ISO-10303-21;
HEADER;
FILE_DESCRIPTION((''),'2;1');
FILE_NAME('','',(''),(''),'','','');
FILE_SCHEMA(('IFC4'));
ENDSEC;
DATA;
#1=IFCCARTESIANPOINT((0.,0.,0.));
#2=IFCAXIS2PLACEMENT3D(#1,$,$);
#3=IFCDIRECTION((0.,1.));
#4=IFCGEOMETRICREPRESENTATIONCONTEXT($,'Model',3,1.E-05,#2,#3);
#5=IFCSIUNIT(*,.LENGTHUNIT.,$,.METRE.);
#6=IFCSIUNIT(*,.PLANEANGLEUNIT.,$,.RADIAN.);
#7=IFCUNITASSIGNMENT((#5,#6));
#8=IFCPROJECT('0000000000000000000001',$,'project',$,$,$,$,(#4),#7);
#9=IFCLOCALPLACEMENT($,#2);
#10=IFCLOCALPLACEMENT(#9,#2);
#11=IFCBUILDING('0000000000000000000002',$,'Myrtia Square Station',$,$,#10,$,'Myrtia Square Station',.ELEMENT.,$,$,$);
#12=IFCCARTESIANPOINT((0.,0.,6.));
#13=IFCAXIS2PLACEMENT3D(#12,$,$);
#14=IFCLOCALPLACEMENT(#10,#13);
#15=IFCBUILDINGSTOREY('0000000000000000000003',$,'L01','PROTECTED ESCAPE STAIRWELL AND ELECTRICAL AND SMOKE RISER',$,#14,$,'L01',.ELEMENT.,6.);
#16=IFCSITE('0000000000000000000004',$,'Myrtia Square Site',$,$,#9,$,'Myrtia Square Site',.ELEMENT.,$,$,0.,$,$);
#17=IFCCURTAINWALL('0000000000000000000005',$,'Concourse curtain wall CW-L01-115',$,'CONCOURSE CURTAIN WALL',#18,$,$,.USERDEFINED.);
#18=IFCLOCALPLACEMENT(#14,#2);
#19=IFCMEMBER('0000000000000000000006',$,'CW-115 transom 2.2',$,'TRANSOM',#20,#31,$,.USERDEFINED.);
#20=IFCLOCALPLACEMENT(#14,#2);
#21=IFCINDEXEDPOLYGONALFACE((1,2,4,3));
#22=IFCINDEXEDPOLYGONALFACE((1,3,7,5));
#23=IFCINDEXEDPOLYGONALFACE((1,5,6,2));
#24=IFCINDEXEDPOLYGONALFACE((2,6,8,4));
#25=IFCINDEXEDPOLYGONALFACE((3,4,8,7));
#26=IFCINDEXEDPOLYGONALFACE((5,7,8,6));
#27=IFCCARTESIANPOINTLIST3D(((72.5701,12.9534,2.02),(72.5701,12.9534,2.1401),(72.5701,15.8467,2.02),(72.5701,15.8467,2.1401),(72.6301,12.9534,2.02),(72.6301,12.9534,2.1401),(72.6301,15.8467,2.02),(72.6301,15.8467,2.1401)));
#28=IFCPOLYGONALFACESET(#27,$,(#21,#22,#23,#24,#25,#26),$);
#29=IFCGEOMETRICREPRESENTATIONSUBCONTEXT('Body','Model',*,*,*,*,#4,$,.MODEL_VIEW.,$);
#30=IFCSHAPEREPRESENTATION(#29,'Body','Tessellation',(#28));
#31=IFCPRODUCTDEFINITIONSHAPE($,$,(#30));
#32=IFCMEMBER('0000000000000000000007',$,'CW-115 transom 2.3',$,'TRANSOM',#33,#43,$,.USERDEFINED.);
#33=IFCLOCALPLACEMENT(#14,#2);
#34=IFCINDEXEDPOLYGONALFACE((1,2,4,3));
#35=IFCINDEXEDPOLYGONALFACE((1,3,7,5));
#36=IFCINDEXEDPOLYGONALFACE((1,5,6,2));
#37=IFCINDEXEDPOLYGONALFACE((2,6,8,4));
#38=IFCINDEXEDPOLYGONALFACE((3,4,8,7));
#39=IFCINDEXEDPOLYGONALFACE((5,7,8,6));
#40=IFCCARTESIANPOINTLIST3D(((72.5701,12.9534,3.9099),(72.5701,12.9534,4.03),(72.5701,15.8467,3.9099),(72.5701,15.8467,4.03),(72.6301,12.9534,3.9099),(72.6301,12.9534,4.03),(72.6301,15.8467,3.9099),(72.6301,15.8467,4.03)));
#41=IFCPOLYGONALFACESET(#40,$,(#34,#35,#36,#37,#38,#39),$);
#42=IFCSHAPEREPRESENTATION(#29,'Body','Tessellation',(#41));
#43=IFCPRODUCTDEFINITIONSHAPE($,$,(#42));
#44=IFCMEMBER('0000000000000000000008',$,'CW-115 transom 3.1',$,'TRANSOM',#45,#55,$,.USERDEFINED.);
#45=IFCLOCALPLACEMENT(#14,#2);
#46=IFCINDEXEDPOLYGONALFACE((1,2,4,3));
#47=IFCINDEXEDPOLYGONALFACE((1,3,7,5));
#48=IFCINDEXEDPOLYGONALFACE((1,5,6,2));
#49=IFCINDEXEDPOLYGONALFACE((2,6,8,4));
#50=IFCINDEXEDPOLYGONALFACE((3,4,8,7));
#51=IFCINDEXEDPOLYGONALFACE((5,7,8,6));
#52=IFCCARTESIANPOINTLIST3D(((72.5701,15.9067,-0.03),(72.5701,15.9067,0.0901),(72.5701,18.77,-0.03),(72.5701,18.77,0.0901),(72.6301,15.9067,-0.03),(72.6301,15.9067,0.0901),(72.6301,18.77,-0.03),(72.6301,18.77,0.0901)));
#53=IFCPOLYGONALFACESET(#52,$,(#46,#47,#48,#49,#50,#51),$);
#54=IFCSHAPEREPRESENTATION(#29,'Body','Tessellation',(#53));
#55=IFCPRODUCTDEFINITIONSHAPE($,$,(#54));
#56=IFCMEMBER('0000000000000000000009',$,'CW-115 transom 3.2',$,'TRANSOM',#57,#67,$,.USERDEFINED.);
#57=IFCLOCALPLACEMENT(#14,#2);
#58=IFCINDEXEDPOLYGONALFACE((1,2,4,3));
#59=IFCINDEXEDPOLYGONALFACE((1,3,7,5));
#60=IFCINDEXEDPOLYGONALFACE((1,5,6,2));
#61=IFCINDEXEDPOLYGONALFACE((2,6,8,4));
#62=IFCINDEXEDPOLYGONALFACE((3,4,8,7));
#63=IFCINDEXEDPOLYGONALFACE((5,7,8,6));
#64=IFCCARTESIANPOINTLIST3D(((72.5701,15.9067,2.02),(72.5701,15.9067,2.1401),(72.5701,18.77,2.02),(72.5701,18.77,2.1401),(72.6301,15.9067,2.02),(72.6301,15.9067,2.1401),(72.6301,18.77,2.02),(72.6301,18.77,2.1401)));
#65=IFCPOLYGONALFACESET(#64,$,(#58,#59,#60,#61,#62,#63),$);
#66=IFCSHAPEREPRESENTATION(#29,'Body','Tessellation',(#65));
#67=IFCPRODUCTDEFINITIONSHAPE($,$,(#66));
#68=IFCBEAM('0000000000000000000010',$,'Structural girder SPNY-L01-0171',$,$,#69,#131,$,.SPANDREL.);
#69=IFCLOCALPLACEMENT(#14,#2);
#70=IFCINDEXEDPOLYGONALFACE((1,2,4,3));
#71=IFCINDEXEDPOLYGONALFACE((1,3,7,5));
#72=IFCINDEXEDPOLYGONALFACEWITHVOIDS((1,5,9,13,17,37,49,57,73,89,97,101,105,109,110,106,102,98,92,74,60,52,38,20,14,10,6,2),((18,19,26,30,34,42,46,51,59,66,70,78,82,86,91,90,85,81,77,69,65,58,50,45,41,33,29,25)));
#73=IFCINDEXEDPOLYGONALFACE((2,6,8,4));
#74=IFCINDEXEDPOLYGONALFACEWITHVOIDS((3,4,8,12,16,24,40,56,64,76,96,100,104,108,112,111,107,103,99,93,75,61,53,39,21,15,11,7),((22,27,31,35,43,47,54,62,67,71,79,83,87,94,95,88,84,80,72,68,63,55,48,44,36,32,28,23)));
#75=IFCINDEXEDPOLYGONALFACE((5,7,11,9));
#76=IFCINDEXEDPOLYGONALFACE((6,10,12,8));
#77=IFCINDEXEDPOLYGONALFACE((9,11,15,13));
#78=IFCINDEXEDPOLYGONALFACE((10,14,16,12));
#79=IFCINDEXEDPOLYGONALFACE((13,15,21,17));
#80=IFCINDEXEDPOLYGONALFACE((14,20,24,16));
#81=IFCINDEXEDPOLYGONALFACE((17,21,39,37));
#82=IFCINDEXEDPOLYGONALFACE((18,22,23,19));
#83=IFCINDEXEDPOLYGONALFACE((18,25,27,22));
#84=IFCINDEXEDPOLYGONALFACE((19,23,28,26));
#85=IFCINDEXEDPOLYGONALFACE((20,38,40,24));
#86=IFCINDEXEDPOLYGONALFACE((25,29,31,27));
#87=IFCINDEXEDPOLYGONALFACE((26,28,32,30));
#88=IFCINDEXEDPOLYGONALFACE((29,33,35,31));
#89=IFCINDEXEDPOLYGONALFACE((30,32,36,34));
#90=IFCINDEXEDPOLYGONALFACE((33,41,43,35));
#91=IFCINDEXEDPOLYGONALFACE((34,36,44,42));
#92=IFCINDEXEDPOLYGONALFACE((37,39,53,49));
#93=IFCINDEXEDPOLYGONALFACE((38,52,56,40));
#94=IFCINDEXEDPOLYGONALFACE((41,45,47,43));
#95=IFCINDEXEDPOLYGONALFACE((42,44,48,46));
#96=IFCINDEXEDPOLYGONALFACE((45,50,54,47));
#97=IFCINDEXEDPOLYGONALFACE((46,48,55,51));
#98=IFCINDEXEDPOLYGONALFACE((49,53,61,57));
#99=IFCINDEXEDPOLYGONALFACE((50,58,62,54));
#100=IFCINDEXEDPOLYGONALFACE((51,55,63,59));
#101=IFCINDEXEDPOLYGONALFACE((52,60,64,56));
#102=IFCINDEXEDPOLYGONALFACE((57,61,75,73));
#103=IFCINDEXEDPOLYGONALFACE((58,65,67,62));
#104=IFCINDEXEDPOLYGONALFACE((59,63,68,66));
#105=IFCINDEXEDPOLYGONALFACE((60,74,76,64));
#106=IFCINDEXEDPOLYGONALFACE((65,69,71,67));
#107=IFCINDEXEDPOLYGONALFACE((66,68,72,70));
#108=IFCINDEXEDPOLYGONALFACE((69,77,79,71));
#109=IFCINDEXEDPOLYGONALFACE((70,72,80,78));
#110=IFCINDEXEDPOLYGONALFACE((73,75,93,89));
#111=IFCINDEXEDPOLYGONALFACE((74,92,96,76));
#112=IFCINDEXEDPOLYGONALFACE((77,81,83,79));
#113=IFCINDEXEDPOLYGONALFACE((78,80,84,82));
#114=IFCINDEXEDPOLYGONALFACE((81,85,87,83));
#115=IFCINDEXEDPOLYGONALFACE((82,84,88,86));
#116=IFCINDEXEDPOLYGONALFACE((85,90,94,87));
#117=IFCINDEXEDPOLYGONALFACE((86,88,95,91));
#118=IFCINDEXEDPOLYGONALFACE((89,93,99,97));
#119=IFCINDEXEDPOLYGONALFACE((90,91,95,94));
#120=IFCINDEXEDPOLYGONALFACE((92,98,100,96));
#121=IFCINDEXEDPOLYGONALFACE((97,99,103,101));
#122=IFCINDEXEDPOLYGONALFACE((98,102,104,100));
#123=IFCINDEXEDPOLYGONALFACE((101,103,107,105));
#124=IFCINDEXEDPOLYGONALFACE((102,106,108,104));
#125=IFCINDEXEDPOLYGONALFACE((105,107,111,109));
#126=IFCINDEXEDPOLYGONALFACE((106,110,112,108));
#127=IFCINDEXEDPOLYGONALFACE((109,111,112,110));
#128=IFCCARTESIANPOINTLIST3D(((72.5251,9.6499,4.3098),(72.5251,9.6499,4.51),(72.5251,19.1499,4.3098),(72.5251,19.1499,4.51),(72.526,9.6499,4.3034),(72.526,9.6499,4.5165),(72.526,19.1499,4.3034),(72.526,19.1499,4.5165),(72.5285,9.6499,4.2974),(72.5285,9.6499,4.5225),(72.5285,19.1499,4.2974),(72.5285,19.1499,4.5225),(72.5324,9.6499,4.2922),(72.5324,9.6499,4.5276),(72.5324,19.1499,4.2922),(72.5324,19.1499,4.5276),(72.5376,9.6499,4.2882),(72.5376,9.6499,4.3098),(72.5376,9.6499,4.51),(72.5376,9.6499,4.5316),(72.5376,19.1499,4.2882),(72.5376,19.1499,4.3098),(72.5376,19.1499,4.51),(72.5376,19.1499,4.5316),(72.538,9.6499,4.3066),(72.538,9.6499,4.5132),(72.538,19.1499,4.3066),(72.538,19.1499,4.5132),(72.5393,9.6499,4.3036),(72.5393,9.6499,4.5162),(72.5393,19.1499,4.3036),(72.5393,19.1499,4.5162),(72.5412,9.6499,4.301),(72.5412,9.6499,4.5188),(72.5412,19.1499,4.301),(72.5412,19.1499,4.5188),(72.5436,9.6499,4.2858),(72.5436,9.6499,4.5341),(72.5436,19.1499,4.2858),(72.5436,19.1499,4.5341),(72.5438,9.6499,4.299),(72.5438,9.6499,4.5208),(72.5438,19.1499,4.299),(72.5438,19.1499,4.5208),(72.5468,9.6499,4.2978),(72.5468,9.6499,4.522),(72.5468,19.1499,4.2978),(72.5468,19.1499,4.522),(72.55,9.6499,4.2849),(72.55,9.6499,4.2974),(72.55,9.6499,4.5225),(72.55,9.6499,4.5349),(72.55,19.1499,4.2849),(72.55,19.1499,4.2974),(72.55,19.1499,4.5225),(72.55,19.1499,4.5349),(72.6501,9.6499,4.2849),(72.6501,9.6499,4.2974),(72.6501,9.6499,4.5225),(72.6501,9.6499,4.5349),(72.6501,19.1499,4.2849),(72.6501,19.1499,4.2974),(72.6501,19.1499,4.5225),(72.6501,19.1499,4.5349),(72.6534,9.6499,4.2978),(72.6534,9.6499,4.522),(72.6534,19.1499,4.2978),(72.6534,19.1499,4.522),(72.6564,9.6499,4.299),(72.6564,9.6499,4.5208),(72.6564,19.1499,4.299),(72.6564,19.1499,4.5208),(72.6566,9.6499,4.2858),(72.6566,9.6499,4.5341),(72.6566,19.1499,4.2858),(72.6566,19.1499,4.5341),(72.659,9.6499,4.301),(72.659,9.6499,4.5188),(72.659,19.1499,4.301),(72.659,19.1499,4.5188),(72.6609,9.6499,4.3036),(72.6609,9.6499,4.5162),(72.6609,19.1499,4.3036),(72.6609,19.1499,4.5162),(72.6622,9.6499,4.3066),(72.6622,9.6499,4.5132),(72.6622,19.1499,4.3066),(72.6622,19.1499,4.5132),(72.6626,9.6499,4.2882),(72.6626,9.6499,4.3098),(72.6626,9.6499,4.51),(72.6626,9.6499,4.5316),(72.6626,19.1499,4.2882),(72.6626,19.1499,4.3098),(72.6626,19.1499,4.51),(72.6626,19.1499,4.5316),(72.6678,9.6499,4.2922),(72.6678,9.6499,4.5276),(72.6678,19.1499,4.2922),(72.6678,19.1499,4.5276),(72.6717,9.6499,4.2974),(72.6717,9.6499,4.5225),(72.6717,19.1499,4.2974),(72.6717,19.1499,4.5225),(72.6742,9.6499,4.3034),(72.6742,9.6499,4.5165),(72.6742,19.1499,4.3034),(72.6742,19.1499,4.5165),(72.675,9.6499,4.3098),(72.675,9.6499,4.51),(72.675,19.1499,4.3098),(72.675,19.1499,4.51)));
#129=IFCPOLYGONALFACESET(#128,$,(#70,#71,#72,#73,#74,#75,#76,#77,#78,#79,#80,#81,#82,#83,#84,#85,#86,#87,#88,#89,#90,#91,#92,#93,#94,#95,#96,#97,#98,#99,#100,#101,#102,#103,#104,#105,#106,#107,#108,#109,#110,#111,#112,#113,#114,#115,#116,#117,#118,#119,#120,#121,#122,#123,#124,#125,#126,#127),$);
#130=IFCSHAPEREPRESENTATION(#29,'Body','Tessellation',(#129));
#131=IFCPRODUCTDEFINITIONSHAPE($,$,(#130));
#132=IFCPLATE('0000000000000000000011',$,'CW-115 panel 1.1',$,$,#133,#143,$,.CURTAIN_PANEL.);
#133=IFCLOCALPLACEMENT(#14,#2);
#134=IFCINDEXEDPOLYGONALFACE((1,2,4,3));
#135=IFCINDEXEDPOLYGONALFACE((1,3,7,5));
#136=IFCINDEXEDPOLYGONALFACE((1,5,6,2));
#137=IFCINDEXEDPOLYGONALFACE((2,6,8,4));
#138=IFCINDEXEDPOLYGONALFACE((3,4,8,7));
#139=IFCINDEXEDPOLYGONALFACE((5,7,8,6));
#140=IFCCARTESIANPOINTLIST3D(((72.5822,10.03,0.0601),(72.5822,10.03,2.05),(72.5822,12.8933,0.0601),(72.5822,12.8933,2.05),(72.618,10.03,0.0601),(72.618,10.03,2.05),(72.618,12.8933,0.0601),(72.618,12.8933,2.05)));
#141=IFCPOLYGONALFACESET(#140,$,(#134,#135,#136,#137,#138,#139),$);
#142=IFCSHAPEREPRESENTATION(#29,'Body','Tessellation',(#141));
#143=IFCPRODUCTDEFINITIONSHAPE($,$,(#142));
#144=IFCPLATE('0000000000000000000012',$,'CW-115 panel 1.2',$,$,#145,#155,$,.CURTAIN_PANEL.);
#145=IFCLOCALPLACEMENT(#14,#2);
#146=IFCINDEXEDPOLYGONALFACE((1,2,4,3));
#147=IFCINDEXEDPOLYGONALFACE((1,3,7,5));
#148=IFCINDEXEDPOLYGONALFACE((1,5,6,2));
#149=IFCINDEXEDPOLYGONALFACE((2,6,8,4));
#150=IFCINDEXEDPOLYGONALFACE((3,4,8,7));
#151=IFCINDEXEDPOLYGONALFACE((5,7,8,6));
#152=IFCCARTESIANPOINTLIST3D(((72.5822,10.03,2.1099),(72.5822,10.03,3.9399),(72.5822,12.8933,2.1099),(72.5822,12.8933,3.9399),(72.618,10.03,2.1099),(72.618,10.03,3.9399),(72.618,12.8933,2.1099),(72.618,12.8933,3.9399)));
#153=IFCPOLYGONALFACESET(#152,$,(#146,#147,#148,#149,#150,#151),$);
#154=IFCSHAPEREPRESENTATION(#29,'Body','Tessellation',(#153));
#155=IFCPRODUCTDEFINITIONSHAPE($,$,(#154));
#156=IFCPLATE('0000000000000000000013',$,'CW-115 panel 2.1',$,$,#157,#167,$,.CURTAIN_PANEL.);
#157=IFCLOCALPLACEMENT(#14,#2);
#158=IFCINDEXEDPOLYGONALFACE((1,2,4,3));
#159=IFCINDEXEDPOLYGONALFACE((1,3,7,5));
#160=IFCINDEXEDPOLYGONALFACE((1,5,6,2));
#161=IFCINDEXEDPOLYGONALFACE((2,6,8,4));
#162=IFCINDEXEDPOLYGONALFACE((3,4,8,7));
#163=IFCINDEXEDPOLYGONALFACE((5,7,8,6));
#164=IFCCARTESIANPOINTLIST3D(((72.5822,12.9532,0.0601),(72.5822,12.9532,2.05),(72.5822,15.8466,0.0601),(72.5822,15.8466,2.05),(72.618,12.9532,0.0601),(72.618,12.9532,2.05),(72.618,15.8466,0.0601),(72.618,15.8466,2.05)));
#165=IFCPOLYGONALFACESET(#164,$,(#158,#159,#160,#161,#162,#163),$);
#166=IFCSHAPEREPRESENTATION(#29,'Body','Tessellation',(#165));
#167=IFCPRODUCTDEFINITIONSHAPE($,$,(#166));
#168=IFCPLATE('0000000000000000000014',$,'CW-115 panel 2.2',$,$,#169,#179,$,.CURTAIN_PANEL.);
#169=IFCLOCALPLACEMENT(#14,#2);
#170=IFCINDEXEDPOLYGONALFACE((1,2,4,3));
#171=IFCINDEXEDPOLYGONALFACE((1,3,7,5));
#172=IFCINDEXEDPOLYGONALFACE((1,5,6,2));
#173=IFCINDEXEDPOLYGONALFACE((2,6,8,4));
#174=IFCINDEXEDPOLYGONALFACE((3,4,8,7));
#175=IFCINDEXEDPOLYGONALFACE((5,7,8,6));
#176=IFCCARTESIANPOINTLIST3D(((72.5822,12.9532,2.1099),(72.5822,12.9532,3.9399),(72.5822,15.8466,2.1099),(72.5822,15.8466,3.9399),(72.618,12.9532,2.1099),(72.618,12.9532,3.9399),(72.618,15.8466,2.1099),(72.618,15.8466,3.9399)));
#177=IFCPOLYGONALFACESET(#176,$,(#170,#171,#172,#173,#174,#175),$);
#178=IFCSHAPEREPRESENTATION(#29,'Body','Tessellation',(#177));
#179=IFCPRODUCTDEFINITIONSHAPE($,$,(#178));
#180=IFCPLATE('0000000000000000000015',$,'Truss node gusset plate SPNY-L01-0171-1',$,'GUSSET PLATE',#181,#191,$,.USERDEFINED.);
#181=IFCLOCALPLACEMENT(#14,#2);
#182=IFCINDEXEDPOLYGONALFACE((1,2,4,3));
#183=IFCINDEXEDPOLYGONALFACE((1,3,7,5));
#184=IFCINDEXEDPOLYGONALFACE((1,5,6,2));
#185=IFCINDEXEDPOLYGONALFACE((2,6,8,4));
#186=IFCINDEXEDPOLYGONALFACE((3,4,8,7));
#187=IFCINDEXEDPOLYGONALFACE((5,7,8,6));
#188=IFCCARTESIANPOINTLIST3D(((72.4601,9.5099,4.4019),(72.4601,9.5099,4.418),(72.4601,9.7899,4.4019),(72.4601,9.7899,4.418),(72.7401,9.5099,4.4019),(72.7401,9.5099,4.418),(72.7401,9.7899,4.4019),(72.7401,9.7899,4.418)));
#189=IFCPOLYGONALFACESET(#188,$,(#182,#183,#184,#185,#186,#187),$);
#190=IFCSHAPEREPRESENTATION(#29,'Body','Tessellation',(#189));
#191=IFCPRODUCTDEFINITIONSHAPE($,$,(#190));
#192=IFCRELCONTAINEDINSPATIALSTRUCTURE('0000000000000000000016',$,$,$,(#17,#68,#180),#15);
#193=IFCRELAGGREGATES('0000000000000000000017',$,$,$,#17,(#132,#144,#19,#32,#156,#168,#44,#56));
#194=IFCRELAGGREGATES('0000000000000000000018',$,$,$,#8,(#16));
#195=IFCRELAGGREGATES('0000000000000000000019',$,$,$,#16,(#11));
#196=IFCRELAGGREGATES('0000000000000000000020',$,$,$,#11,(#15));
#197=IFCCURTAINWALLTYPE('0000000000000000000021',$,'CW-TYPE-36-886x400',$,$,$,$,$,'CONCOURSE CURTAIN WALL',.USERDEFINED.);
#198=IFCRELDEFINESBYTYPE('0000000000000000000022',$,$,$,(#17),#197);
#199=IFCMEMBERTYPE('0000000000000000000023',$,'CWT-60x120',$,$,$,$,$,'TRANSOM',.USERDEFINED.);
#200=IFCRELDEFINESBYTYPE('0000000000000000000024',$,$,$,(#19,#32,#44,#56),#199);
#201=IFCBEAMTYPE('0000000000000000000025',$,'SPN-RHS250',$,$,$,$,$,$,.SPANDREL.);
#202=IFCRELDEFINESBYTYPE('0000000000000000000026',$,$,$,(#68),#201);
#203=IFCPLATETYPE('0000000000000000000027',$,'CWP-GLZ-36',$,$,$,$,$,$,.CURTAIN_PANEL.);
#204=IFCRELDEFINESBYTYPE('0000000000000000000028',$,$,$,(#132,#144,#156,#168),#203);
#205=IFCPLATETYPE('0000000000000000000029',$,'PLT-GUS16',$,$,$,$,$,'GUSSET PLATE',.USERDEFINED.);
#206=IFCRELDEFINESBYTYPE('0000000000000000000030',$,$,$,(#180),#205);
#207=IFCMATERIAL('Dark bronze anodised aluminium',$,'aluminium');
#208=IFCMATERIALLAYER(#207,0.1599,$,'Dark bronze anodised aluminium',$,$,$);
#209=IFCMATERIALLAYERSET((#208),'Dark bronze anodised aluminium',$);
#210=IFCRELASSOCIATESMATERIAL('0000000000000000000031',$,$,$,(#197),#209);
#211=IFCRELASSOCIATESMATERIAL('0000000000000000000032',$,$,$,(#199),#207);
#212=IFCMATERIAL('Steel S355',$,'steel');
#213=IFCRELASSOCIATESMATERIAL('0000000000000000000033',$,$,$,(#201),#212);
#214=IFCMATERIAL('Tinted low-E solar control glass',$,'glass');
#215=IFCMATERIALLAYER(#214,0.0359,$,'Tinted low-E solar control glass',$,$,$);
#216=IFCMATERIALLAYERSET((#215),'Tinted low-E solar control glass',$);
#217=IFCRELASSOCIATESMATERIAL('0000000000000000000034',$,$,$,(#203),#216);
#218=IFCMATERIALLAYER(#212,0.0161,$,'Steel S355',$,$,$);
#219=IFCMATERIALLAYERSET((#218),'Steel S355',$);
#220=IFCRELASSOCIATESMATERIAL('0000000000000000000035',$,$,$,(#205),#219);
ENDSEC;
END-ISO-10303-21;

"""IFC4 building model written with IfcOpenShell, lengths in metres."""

from ifc_helpers import new_model, si_unit, direction, frame, origin, origin_2d, place, context, subcontext, project, spatial, rectangle, hollow_rectangle, extrude, material, layer, layer_set, material_profile, profile_set, type_object, element, aggregate, save


model = new_model("IFC4")

# Units and contexts
model_context = context("Model", 3, precision=1e-05, world=origin(), true_north=direction((0.0, 1.0)))
body_context = subcontext(model_context, "Body", "Model", "MODEL_VIEW")
ifc_project = project(units=[si_unit("LENGTHUNIT", "METRE"), si_unit("PLANEANGLEUNIT", "RADIAN")], contexts=[model_context])

# Site, building, storey
site_placement = place(None, origin())
site = spatial("IfcSite", under=ifc_project, at=site_placement, Name="Myrtia Square Site", LongName="Myrtia Square Site", CompositionType="ELEMENT", RefElevation=0.0)
building_placement = place(site_placement, origin())
building = spatial("IfcBuilding", under=site, at=building_placement, Name="Myrtia Square Station", LongName="Myrtia Square Station", CompositionType="ELEMENT")
storey_placement = place(building_placement, frame((0.0, 0.0, 6.0)))
storey = spatial("IfcBuildingStorey", under=building, at=storey_placement, Name="L01", Description="PROTECTED ESCAPE STAIRWELL AND ELECTRICAL AND SMOKE RISER", LongName="L01", CompositionType="ELEMENT", Elevation=6.0)

# Shared definitions
ifc_material_1 = material(Name="Steel S355", Category="steel")

# Curtain wall, members
ifc_material_2 = material(Name="Dark bronze anodised aluminium", Category="aluminium")
ifc_layer_1 = layer(ifc_material_2, 0.1599, Name="Dark bronze anodised aluminium")
ifc_layer_set_1 = layer_set([ifc_layer_1], Name="Dark bronze anodised aluminium")
curtain_wall_type = type_object("IfcCurtainWallType", Name="CW-TYPE-36-886x400", ElementType="CONCOURSE CURTAIN WALL", PredefinedType="USERDEFINED", material=ifc_layer_set_1)
curtain_wall_placement = place(storey_placement, origin())
curtain_wall = element("IfcCurtainWall", 1, at=curtain_wall_placement, inside=storey, type_object=curtain_wall_type, Name="Concourse curtain wall CW-L01-115", ObjectType="CONCOURSE CURTAIN WALL", PredefinedType="USERDEFINED")
ifc_material_profile_1 = material_profile(ifc_material_2, rectangle(XDim=0.0601, YDim=0.1201, at=origin_2d()), Name="ALU-T 60x120")
ifc_profile_set_1 = profile_set([ifc_material_profile_1], Name="Dark bronze anodised aluminium")
member_type_1 = type_object("IfcMemberType", Name="CWT-60x120", ElementType="TRANSOM", PredefinedType="USERDEFINED", material=ifc_profile_set_1)
member_1_placement = place(storey_placement, frame((72.6001, 12.9534, 2.0801), z_axis=(0.0, 1.0, 0.0), x_axis=(-1.0, 0.0, 0.0)))
member_1 = element("IfcMember", 2, at=member_1_placement, type_object=member_type_1, Name="CW-115 transom 2.2", ObjectType="TRANSOM", PredefinedType="USERDEFINED", context=body_context, shape_type="SweptSolid", body=[
    extrude(rectangle(XDim=0.0601, YDim=0.1201, at=origin_2d()), origin(), (0.0, 0.0, 1.0), 2.8933),
])
member_2_placement = place(storey_placement, frame((72.6001, 12.9534, 3.97), z_axis=(0.0, 1.0, 0.0), x_axis=(-1.0, 0.0, 0.0)))
member_2 = element("IfcMember", 3, at=member_2_placement, type_object=member_type_1, Name="CW-115 transom 2.3", ObjectType="TRANSOM", PredefinedType="USERDEFINED", context=body_context, shape_type="SweptSolid", body=[
    extrude(rectangle(XDim=0.0601, YDim=0.1201, at=origin_2d()), origin(), (0.0, 0.0, 1.0), 2.8933),
])
member_3_placement = place(storey_placement, frame((72.6001, 15.9067, 0.03), z_axis=(0.0, 1.0, 0.0), x_axis=(-1.0, 0.0, 0.0)))
member_3 = element("IfcMember", 4, at=member_3_placement, type_object=member_type_1, Name="CW-115 transom 3.1", ObjectType="TRANSOM", PredefinedType="USERDEFINED", context=body_context, shape_type="SweptSolid", body=[
    extrude(rectangle(XDim=0.0601, YDim=0.1201, at=origin_2d()), origin(), (0.0, 0.0, 1.0), 2.8633),
])
member_4_placement = place(storey_placement, frame((72.6001, 15.9067, 2.0801), z_axis=(0.0, 1.0, 0.0), x_axis=(-1.0, 0.0, 0.0)))
member_4 = element("IfcMember", 5, at=member_4_placement, type_object=member_type_1, Name="CW-115 transom 3.2", ObjectType="TRANSOM", PredefinedType="USERDEFINED", context=body_context, shape_type="SweptSolid", body=[
    extrude(rectangle(XDim=0.0601, YDim=0.1201, at=origin_2d()), origin(), (0.0, 0.0, 1.0), 2.8633),
])

# Beam
ifc_material_profile_2 = material_profile(ifc_material_1, hollow_rectangle(XDim=0.1499, YDim=0.25, WallThickness=0.0125, InnerFilletRadius=0.0125, OuterFilletRadius=0.0249, at=origin_2d()), Name="RHS 250x150x12.5")
ifc_profile_set_2 = profile_set([ifc_material_profile_2], Name="Steel S355")
beam_type_1 = type_object("IfcBeamType", Name="SPN-RHS250", PredefinedType="SPANDREL", material=ifc_profile_set_2)
beam_1_placement = place(storey_placement, frame((72.6001, 9.6499, 4.4099), z_axis=(0.0, 1.0, 0.0), x_axis=(-1.0, 0.0, 0.0)))
element("IfcBeam", 6, at=beam_1_placement, inside=storey, type_object=beam_type_1, Name="Structural girder SPNY-L01-0171", PredefinedType="SPANDREL", context=body_context, shape_type="SweptSolid", body=[
    extrude(hollow_rectangle(XDim=0.1499, YDim=0.25, WallThickness=0.0125, InnerFilletRadius=0.0125, OuterFilletRadius=0.0249, at=origin_2d()), origin(), (0.0, 0.0, 1.0), 9.5),
])

# Plates
ifc_material_3 = material(Name="Tinted low-E solar control glass", Category="glass")
ifc_layer_2 = layer(ifc_material_3, 0.0359, Name="Tinted low-E solar control glass")
ifc_layer_set_2 = layer_set([ifc_layer_2], Name="Tinted low-E solar control glass")
plate_type_1 = type_object("IfcPlateType", Name="CWP-GLZ-36", PredefinedType="CURTAIN_PANEL", material=ifc_layer_set_2)
plate_1_placement = place(storey_placement, frame((72.6001, 11.4617, 0.0601), z_axis=(0.0, 0.0, 1.0), x_axis=(0.0, 1.0, 0.0)))
plate_1 = element("IfcPlate", 7, at=plate_1_placement, type_object=plate_type_1, Name="CW-115 panel 1.1", PredefinedType="CURTAIN_PANEL", context=body_context, shape_type="SweptSolid", body=[
    extrude(rectangle(XDim=2.8633, YDim=0.0359, at=origin_2d()), origin(), (0.0, 0.0, 1.0), 1.99),
])
plate_2_placement = place(storey_placement, frame((72.6001, 11.4617, 2.1099), z_axis=(0.0, 0.0, 1.0), x_axis=(0.0, 1.0, 0.0)))
plate_2 = element("IfcPlate", 8, at=plate_2_placement, type_object=plate_type_1, Name="CW-115 panel 1.2", PredefinedType="CURTAIN_PANEL", context=body_context, shape_type="SweptSolid", body=[
    extrude(rectangle(XDim=2.8633, YDim=0.0359, at=origin_2d()), origin(), (0.0, 0.0, 1.0), 1.8301),
])
plate_3_placement = place(storey_placement, frame((72.6001, 14.3999, 0.0601), z_axis=(0.0, 0.0, 1.0), x_axis=(0.0, 1.0, 0.0)))
plate_3 = element("IfcPlate", 9, at=plate_3_placement, type_object=plate_type_1, Name="CW-115 panel 2.1", PredefinedType="CURTAIN_PANEL", context=body_context, shape_type="SweptSolid", body=[
    extrude(rectangle(XDim=2.8933, YDim=0.0359, at=origin_2d()), origin(), (0.0, 0.0, 1.0), 1.99),
])
plate_4_placement = place(storey_placement, frame((72.6001, 14.3999, 2.1099), z_axis=(0.0, 0.0, 1.0), x_axis=(0.0, 1.0, 0.0)))
plate_4 = element("IfcPlate", 10, at=plate_4_placement, type_object=plate_type_1, Name="CW-115 panel 2.2", PredefinedType="CURTAIN_PANEL", context=body_context, shape_type="SweptSolid", body=[
    extrude(rectangle(XDim=2.8933, YDim=0.0359, at=origin_2d()), origin(), (0.0, 0.0, 1.0), 1.8301),
])
aggregate(curtain_wall, [plate_1, plate_2, member_1, member_2, plate_3, plate_4, member_3, member_4])

# Plate
ifc_layer_3 = layer(ifc_material_1, 0.0161, Name="Steel S355")
ifc_layer_set_3 = layer_set([ifc_layer_3], Name="Steel S355")
plate_type_2 = type_object("IfcPlateType", Name="PLT-GUS16", ElementType="GUSSET PLATE", PredefinedType="USERDEFINED", material=ifc_layer_set_3)
plate_5_placement = place(storey_placement, frame((72.6001, 9.6499, 4.4019), z_axis=(0.0, 0.0, 1.0), x_axis=(0.0, 1.0, 0.0)))
element("IfcPlate", 11, at=plate_5_placement, inside=storey, type_object=plate_type_2, Name="Truss node gusset plate SPNY-L01-0171-1", ObjectType="GUSSET PLATE", PredefinedType="USERDEFINED", context=body_context, shape_type="SweptSolid", body=[
    extrude(rectangle(XDim=0.28, YDim=0.28, at=origin_2d()), origin(), (0.0, 0.0, 1.0), 0.0161),
])

save(model, "model.ifc")
